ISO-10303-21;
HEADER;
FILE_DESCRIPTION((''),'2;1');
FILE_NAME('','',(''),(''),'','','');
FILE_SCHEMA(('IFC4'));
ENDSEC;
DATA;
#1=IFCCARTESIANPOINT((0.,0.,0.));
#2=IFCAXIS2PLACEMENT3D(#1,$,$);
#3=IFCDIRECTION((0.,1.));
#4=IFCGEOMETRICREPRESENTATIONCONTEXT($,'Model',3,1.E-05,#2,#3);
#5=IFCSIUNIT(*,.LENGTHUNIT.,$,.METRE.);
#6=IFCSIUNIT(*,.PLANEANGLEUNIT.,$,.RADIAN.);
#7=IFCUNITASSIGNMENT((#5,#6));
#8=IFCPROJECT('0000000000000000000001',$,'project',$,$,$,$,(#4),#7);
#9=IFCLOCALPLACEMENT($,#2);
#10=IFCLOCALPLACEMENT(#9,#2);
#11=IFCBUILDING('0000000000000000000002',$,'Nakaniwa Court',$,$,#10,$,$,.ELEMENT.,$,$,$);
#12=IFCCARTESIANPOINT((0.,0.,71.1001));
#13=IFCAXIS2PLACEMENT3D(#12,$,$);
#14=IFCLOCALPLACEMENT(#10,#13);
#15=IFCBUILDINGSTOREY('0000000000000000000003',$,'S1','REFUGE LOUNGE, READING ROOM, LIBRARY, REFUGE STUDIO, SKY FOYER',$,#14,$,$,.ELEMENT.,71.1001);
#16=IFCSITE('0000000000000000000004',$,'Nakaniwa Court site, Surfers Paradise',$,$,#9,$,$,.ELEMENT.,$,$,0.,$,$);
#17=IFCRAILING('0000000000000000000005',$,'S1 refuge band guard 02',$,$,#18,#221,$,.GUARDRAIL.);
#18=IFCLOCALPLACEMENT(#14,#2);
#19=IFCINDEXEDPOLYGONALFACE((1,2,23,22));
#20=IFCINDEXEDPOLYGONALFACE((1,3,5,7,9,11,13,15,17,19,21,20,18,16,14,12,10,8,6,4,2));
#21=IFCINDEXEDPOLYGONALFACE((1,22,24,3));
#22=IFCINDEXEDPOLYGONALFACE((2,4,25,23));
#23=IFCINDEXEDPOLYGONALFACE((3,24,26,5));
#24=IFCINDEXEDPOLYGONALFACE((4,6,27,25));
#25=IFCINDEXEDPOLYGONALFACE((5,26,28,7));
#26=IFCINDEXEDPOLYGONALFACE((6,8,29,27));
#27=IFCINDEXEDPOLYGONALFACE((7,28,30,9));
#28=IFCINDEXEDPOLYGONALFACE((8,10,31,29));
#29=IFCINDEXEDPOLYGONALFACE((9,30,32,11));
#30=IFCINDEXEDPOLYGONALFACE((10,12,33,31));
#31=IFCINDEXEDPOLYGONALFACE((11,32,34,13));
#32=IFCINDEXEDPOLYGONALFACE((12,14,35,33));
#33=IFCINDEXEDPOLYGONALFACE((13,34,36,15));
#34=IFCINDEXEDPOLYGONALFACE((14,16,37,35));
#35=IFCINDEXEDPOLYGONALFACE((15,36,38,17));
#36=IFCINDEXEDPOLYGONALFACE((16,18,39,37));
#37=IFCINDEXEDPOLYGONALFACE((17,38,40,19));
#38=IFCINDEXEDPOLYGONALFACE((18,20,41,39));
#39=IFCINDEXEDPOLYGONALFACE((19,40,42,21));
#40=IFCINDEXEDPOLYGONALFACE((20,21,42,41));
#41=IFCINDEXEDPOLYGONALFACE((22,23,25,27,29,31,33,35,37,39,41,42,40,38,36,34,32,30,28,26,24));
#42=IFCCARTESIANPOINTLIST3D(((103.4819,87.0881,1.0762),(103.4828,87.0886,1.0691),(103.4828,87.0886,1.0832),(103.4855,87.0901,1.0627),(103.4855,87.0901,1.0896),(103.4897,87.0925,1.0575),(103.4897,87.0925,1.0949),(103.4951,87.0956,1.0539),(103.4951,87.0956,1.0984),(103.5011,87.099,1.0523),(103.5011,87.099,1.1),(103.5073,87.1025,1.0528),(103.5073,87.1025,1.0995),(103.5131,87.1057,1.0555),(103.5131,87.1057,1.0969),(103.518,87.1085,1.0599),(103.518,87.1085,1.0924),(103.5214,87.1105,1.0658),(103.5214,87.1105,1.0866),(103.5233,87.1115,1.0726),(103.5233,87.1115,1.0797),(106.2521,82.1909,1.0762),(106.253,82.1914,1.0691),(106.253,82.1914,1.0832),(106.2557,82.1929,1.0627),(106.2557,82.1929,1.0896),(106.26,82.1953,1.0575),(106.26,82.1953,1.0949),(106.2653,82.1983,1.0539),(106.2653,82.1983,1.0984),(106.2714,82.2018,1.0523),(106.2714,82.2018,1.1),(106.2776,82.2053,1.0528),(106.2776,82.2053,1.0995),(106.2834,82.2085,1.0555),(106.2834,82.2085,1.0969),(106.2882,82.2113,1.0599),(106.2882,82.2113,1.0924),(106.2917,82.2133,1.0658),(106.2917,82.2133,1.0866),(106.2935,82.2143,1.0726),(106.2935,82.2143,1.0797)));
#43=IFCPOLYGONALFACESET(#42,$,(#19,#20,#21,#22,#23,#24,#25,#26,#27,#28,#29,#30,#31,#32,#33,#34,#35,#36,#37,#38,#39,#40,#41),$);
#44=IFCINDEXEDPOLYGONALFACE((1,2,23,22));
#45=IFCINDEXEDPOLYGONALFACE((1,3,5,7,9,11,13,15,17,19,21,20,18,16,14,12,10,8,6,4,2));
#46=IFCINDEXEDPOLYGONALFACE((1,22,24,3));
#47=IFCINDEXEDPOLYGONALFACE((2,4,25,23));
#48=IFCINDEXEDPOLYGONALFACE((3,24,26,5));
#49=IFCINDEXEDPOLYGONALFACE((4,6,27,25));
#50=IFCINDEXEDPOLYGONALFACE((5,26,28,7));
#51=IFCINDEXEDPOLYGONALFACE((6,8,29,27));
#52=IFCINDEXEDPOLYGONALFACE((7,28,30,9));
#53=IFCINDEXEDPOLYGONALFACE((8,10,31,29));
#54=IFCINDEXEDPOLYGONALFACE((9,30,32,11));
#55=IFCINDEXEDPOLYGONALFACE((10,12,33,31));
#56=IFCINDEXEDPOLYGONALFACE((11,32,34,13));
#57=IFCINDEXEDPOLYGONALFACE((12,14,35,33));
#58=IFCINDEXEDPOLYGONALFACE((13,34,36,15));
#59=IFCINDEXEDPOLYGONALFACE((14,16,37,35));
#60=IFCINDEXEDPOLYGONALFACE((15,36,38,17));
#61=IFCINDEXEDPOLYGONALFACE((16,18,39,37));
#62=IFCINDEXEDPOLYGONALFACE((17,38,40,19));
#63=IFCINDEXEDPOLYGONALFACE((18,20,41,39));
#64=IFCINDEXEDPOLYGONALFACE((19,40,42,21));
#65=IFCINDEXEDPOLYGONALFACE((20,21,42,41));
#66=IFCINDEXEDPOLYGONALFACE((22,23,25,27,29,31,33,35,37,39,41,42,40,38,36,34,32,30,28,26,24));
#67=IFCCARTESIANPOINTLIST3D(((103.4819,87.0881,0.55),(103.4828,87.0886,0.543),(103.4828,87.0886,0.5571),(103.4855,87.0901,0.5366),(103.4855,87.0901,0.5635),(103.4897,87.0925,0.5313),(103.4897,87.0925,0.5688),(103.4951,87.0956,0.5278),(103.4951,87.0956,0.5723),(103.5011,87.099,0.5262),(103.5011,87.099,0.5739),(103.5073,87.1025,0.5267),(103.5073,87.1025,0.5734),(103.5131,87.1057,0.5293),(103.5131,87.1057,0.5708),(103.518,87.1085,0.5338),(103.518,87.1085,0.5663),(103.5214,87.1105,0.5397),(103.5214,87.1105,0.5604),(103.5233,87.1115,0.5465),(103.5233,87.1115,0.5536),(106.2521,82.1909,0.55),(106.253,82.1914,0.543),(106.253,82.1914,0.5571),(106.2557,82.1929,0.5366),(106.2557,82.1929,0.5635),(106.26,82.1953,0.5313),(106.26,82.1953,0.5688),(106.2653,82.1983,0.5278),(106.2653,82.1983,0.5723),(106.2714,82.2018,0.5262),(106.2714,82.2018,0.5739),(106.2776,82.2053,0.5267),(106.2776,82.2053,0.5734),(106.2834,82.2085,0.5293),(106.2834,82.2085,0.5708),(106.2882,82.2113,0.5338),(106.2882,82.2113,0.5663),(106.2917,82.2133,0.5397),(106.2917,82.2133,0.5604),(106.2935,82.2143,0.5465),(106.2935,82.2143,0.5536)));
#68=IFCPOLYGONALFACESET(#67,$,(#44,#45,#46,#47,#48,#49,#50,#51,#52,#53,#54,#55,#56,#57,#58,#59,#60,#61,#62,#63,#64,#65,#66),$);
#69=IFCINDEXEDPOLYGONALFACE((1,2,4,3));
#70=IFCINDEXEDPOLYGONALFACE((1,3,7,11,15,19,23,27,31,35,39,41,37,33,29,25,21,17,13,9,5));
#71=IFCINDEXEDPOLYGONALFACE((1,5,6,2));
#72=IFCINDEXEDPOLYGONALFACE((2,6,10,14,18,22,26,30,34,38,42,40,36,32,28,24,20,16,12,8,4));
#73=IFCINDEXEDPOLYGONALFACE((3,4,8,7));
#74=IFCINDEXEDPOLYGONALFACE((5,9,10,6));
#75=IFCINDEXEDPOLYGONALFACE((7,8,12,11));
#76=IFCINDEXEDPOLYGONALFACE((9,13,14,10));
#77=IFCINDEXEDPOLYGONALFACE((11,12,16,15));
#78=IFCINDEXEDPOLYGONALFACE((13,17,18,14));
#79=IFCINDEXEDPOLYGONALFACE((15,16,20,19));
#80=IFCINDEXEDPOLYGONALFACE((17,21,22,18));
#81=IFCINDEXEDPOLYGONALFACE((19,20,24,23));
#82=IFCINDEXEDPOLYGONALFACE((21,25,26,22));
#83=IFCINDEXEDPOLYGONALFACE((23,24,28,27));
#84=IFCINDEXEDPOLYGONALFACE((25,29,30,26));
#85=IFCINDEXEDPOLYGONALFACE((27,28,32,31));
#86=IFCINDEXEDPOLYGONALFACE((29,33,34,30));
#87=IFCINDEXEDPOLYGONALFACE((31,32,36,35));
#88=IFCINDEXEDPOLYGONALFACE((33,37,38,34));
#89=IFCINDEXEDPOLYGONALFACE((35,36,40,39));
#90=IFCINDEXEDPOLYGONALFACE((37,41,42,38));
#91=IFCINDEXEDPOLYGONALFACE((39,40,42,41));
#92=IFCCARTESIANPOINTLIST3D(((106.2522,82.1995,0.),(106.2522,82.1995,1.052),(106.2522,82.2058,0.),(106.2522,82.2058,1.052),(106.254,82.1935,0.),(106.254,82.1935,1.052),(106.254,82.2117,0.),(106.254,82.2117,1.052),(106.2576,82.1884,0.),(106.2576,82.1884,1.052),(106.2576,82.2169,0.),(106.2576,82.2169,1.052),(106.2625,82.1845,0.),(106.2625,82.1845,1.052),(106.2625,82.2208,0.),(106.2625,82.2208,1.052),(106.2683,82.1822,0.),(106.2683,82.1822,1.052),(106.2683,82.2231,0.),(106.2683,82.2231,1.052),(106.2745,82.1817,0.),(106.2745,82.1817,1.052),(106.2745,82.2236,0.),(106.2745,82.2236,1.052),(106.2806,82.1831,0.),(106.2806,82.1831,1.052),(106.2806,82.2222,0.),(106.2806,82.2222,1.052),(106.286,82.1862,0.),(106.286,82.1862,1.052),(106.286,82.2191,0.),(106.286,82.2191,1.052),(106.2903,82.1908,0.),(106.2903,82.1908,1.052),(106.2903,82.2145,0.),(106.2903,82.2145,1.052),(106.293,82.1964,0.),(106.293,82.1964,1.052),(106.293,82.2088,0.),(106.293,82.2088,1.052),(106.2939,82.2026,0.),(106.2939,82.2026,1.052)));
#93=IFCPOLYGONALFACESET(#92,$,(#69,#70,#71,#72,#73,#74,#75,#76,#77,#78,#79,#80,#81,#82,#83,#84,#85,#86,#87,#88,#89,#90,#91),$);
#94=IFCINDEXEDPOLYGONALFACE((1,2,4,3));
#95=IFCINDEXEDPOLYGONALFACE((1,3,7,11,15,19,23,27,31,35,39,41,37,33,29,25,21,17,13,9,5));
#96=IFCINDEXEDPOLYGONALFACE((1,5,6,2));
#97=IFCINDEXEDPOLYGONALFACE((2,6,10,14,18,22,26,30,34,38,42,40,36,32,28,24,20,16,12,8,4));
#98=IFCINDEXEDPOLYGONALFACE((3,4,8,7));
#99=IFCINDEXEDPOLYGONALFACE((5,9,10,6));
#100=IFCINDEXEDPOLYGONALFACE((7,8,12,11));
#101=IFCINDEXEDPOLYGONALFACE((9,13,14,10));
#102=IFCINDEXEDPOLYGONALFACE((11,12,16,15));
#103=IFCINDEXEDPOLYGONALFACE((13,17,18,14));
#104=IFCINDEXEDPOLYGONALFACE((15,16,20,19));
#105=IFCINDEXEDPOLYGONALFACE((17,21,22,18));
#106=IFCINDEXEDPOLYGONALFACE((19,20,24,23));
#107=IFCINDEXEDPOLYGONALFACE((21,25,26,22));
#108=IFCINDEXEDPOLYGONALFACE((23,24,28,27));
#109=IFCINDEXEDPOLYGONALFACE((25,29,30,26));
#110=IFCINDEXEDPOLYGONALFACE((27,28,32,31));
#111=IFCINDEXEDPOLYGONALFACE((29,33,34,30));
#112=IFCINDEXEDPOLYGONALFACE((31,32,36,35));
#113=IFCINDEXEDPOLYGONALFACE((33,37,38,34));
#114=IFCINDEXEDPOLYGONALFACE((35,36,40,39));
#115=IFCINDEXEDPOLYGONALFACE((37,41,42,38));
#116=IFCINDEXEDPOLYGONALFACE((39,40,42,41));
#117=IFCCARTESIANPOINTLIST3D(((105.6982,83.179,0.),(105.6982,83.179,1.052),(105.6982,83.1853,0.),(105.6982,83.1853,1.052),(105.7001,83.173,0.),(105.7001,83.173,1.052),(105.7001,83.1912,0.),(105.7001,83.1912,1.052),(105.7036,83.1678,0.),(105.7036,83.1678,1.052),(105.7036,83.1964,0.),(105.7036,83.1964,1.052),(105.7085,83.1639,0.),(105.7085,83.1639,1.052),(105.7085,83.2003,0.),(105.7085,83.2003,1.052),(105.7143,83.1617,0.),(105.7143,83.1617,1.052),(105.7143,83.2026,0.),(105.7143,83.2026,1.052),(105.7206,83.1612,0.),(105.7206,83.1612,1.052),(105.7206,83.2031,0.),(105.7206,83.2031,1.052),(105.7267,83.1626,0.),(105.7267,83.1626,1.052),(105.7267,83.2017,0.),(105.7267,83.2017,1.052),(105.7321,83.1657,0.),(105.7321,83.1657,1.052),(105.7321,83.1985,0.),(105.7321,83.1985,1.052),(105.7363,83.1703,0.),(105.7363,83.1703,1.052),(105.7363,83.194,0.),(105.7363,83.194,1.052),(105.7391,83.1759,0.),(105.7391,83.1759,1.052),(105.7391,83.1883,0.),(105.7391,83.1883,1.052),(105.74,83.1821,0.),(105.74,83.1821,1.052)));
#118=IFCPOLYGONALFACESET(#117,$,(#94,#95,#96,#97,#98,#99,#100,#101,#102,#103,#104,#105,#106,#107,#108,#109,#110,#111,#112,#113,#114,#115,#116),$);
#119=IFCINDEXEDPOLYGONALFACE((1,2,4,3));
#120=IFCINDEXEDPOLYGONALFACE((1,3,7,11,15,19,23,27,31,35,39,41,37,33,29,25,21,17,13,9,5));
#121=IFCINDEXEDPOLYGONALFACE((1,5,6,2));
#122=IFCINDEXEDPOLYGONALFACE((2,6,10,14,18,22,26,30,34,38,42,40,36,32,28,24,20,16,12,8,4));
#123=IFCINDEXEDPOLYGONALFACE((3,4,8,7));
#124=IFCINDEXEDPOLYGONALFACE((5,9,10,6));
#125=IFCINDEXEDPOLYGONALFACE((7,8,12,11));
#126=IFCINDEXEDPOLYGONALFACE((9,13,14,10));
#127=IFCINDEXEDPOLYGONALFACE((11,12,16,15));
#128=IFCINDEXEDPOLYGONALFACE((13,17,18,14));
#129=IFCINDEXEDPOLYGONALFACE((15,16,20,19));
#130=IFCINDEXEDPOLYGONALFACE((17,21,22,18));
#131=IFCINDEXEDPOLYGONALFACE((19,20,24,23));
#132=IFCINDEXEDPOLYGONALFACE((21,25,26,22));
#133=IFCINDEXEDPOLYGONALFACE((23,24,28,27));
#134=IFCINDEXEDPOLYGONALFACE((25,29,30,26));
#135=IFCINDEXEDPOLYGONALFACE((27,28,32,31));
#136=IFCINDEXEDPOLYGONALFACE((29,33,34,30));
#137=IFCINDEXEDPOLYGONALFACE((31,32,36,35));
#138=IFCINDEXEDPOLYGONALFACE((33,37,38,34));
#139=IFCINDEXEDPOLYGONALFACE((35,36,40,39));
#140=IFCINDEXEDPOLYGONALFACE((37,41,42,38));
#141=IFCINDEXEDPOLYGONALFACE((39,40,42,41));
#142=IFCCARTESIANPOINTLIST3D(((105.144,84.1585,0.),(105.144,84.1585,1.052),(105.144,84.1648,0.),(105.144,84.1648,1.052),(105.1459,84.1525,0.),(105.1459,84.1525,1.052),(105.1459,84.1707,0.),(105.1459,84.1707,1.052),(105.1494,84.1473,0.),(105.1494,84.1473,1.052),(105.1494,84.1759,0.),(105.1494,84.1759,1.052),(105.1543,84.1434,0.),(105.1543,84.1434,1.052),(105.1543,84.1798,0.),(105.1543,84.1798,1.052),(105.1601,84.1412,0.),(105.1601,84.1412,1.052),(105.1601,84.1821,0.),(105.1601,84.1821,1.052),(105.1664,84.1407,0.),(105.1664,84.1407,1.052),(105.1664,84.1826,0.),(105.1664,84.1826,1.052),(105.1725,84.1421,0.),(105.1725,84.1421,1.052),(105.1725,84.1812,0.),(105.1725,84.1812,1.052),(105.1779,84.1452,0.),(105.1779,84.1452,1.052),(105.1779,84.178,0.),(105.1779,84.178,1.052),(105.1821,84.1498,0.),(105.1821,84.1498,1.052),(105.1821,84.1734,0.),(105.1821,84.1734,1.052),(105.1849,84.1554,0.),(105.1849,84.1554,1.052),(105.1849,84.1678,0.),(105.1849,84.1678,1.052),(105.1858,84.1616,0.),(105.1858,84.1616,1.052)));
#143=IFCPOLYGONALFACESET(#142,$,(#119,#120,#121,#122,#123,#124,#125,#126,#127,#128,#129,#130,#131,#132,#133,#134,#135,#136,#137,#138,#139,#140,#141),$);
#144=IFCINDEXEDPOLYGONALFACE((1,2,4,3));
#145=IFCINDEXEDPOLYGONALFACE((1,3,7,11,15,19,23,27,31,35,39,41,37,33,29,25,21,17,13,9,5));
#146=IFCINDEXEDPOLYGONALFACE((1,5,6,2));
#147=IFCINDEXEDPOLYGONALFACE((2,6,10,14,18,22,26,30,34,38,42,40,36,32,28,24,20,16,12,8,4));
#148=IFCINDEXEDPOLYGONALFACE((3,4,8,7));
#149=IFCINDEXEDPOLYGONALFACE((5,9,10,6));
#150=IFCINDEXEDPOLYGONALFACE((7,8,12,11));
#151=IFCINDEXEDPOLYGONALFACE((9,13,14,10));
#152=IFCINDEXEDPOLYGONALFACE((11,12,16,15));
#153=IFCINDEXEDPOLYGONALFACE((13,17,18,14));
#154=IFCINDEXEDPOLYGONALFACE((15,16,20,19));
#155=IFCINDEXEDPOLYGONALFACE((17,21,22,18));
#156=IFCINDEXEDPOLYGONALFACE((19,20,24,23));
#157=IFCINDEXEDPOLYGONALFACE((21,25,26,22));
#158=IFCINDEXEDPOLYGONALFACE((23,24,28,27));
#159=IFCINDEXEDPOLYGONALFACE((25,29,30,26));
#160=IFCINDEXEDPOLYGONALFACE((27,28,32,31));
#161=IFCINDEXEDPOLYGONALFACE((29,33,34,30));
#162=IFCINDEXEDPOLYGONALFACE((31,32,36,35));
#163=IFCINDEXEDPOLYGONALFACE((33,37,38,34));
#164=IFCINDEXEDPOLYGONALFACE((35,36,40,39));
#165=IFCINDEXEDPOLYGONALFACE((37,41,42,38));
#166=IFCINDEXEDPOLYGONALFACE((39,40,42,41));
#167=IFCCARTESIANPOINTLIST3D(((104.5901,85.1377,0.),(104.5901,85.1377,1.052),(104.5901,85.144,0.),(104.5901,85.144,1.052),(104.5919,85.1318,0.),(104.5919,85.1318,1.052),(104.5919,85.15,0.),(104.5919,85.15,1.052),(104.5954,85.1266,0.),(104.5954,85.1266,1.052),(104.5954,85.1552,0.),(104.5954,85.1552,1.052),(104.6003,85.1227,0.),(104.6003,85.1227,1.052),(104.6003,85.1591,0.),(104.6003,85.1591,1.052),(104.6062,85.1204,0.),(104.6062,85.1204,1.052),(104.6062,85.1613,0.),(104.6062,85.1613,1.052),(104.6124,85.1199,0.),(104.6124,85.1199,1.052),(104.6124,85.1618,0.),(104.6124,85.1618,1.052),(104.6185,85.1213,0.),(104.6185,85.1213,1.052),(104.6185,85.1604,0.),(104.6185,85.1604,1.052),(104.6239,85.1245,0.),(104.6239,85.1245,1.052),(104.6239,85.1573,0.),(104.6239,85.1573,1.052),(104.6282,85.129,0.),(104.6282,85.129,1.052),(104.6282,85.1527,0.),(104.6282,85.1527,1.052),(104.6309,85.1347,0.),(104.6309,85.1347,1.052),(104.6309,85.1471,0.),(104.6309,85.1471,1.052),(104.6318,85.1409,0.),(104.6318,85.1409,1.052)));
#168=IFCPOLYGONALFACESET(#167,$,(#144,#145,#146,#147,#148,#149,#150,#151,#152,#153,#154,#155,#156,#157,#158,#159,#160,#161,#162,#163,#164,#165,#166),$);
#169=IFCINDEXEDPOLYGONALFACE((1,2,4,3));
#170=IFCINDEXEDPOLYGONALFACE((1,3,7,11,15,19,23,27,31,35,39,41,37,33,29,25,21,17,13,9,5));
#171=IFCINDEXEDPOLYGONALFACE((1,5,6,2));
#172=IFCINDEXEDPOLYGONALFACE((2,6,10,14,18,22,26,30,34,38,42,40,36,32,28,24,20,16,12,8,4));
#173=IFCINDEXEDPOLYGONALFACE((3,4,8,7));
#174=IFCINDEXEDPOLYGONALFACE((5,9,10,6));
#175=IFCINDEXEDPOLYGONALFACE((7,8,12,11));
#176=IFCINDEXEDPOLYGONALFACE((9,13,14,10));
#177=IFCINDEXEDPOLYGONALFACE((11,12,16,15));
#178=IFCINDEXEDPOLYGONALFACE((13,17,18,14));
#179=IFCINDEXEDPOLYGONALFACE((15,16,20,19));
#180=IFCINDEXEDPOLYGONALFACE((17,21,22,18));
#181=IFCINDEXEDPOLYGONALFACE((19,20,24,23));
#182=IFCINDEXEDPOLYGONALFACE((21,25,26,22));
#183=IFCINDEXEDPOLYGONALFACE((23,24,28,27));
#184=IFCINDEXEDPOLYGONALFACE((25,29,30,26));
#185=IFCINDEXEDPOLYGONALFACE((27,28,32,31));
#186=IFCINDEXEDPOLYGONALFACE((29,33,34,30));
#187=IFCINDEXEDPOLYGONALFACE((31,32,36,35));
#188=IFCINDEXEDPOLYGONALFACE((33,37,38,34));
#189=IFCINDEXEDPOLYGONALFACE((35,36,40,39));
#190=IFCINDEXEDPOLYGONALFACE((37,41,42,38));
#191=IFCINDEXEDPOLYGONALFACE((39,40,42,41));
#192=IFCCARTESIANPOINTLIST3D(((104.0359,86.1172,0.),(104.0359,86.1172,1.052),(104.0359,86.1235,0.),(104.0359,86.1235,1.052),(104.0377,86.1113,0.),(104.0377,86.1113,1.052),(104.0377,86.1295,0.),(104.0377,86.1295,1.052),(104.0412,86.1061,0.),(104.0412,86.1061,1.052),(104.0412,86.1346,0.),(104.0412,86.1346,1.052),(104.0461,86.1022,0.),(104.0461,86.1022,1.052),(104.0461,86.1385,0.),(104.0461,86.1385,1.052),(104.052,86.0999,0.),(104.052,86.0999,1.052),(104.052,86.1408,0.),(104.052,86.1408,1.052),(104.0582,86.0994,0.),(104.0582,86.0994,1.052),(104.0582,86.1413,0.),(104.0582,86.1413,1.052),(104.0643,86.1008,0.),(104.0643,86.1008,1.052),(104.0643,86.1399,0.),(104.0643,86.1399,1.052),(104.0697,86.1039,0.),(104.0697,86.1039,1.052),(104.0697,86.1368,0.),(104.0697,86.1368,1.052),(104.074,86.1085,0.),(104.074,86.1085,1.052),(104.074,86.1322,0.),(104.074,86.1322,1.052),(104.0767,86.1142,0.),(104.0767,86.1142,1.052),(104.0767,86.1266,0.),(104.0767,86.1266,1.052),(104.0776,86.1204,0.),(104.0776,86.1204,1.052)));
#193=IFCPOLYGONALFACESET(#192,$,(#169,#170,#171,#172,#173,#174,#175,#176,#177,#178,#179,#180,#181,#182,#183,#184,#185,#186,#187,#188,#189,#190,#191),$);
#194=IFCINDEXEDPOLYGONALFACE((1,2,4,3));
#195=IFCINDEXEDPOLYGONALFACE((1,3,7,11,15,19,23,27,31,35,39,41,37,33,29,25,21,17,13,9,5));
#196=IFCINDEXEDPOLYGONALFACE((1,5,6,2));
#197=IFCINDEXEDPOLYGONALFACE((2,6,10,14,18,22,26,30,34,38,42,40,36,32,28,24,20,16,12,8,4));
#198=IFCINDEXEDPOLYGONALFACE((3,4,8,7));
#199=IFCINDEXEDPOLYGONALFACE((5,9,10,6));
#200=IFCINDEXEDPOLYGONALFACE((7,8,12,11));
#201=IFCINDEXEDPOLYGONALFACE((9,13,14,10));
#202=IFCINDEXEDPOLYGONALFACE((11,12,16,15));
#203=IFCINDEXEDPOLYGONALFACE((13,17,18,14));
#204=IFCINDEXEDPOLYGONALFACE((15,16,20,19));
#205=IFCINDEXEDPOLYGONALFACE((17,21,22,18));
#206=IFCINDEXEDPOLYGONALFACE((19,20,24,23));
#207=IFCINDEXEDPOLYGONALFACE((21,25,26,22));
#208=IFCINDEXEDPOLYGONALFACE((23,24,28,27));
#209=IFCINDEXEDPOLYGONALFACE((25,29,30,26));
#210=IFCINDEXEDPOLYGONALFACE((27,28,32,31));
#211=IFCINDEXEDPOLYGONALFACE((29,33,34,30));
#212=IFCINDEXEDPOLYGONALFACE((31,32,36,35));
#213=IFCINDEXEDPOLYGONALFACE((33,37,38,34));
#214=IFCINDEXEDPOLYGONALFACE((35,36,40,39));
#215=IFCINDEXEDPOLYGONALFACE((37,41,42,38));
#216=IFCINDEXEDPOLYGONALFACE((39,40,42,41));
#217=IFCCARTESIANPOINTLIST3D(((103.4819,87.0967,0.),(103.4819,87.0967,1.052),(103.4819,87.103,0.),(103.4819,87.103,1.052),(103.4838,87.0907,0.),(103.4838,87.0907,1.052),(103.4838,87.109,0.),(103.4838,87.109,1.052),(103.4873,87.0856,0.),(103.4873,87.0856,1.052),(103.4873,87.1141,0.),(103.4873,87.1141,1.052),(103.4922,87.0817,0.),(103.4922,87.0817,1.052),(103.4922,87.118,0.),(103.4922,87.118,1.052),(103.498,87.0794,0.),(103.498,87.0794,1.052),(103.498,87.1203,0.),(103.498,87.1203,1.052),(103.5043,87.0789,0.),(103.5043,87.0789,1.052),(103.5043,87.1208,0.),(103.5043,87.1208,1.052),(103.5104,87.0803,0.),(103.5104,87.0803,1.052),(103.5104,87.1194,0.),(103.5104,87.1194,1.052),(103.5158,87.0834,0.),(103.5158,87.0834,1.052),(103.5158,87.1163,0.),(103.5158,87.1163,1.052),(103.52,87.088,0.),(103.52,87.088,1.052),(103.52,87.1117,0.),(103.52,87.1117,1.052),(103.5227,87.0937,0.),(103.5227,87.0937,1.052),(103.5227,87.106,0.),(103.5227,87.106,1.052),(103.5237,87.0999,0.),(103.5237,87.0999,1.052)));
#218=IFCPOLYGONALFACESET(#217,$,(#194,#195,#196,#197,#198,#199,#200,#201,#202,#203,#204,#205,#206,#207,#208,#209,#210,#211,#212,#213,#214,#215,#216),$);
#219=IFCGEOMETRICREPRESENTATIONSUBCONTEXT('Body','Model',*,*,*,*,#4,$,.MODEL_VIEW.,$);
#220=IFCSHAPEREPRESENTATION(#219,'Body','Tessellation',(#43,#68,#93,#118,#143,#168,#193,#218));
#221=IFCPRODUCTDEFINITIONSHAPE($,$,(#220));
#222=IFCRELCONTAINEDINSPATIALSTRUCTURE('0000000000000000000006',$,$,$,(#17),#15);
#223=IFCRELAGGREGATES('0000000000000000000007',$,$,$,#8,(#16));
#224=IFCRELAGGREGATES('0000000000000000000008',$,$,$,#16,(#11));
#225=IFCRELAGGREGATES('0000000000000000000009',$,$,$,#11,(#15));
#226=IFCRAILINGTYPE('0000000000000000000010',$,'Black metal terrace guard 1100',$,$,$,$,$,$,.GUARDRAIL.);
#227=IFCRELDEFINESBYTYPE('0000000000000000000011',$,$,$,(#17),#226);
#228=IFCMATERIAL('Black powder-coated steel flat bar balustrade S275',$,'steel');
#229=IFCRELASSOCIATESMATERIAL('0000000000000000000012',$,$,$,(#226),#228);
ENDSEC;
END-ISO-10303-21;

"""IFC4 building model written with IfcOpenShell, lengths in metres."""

from ifc_helpers import new_model, si_unit, direction, frame, origin, origin_2d, place, context, subcontext, project, spatial, circle, extrude, material, type_object, element, save


model = new_model("IFC4")

# Units and contexts
model_context = context("Model", 3, precision=1e-05, world=origin(), true_north=direction((0.0, 1.0)))
body_context = subcontext(model_context, "Body", "Model", "MODEL_VIEW")
ifc_project = project(units=[si_unit("LENGTHUNIT", "METRE"), si_unit("PLANEANGLEUNIT", "RADIAN")], contexts=[model_context])

# Site, building, storey
site_placement = place(None, origin())
site = spatial("IfcSite", under=ifc_project, at=site_placement, Name="Nakaniwa Court site, Surfers Paradise", CompositionType="ELEMENT", RefElevation=0.0)
building_placement = place(site_placement, origin())
building = spatial("IfcBuilding", under=site, at=building_placement, Name="Nakaniwa Court", CompositionType="ELEMENT")
storey_placement = place(building_placement, frame((0.0, 0.0, 71.1001)))
storey = spatial("IfcBuildingStorey", under=building, at=storey_placement, Name="S1", Description="REFUGE LOUNGE, READING ROOM, LIBRARY, REFUGE STUDIO, SKY FOYER", CompositionType="ELEMENT", Elevation=71.1001)

# Railing
ifc_material_1 = material(Name="Black powder-coated steel flat bar balustrade S275", Category="steel")
railing_type = type_object("IfcRailingType", Name="Black metal terrace guard 1100", PredefinedType="GUARDRAIL", material=ifc_material_1)
railing_placement = place(storey_placement, frame((106.2729, 82.2026, 0.0)))
element("IfcRailing", 1, at=railing_placement, inside=storey, type_object=railing_type, Name="S1 refuge band guard 02", PredefinedType="GUARDRAIL", context=body_context, shape_type="SweptSolid", body=[
    extrude(circle(Radius=0.0239, at=origin_2d()), frame((0.0, 0.0, 1.0762), z_axis=(-0.492363, 0.87039, 0.0), x_axis=(-0.87039, -0.492363, 0.0)), (0.0, 0.0, 1.0), 5.6265),
    extrude(circle(Radius=0.0239, at=origin_2d()), frame((0.0, 0.0, 0.55), z_axis=(-0.492363, 0.87039, 0.0), x_axis=(-0.87039, -0.492363, 0.0)), (0.0, 0.0, 1.0), 5.6265),
    extrude(circle(Radius=0.021, at=origin_2d()), origin(), (0.0, 0.0, 1.0), 1.052),
    extrude(circle(Radius=0.021, at=origin_2d()), frame((-0.554, 0.9795, 0.0)), (0.0, 0.0, 1.0), 1.052),
    extrude(circle(Radius=0.021, at=origin_2d()), frame((-1.1082, 1.959, 0.0)), (0.0, 0.0, 1.0), 1.052),
    extrude(circle(Radius=0.021, at=origin_2d()), frame((-1.6621, 2.9382, 0.0)), (0.0, 0.0, 1.0), 1.052),
    extrude(circle(Radius=0.021, at=origin_2d()), frame((-2.2163, 3.9177, 0.0)), (0.0, 0.0, 1.0), 1.052),
    extrude(circle(Radius=0.021, at=origin_2d()), frame((-2.7703, 4.8972, 0.0)), (0.0, 0.0, 1.0), 1.052),
])

save(model, "model.ifc")
